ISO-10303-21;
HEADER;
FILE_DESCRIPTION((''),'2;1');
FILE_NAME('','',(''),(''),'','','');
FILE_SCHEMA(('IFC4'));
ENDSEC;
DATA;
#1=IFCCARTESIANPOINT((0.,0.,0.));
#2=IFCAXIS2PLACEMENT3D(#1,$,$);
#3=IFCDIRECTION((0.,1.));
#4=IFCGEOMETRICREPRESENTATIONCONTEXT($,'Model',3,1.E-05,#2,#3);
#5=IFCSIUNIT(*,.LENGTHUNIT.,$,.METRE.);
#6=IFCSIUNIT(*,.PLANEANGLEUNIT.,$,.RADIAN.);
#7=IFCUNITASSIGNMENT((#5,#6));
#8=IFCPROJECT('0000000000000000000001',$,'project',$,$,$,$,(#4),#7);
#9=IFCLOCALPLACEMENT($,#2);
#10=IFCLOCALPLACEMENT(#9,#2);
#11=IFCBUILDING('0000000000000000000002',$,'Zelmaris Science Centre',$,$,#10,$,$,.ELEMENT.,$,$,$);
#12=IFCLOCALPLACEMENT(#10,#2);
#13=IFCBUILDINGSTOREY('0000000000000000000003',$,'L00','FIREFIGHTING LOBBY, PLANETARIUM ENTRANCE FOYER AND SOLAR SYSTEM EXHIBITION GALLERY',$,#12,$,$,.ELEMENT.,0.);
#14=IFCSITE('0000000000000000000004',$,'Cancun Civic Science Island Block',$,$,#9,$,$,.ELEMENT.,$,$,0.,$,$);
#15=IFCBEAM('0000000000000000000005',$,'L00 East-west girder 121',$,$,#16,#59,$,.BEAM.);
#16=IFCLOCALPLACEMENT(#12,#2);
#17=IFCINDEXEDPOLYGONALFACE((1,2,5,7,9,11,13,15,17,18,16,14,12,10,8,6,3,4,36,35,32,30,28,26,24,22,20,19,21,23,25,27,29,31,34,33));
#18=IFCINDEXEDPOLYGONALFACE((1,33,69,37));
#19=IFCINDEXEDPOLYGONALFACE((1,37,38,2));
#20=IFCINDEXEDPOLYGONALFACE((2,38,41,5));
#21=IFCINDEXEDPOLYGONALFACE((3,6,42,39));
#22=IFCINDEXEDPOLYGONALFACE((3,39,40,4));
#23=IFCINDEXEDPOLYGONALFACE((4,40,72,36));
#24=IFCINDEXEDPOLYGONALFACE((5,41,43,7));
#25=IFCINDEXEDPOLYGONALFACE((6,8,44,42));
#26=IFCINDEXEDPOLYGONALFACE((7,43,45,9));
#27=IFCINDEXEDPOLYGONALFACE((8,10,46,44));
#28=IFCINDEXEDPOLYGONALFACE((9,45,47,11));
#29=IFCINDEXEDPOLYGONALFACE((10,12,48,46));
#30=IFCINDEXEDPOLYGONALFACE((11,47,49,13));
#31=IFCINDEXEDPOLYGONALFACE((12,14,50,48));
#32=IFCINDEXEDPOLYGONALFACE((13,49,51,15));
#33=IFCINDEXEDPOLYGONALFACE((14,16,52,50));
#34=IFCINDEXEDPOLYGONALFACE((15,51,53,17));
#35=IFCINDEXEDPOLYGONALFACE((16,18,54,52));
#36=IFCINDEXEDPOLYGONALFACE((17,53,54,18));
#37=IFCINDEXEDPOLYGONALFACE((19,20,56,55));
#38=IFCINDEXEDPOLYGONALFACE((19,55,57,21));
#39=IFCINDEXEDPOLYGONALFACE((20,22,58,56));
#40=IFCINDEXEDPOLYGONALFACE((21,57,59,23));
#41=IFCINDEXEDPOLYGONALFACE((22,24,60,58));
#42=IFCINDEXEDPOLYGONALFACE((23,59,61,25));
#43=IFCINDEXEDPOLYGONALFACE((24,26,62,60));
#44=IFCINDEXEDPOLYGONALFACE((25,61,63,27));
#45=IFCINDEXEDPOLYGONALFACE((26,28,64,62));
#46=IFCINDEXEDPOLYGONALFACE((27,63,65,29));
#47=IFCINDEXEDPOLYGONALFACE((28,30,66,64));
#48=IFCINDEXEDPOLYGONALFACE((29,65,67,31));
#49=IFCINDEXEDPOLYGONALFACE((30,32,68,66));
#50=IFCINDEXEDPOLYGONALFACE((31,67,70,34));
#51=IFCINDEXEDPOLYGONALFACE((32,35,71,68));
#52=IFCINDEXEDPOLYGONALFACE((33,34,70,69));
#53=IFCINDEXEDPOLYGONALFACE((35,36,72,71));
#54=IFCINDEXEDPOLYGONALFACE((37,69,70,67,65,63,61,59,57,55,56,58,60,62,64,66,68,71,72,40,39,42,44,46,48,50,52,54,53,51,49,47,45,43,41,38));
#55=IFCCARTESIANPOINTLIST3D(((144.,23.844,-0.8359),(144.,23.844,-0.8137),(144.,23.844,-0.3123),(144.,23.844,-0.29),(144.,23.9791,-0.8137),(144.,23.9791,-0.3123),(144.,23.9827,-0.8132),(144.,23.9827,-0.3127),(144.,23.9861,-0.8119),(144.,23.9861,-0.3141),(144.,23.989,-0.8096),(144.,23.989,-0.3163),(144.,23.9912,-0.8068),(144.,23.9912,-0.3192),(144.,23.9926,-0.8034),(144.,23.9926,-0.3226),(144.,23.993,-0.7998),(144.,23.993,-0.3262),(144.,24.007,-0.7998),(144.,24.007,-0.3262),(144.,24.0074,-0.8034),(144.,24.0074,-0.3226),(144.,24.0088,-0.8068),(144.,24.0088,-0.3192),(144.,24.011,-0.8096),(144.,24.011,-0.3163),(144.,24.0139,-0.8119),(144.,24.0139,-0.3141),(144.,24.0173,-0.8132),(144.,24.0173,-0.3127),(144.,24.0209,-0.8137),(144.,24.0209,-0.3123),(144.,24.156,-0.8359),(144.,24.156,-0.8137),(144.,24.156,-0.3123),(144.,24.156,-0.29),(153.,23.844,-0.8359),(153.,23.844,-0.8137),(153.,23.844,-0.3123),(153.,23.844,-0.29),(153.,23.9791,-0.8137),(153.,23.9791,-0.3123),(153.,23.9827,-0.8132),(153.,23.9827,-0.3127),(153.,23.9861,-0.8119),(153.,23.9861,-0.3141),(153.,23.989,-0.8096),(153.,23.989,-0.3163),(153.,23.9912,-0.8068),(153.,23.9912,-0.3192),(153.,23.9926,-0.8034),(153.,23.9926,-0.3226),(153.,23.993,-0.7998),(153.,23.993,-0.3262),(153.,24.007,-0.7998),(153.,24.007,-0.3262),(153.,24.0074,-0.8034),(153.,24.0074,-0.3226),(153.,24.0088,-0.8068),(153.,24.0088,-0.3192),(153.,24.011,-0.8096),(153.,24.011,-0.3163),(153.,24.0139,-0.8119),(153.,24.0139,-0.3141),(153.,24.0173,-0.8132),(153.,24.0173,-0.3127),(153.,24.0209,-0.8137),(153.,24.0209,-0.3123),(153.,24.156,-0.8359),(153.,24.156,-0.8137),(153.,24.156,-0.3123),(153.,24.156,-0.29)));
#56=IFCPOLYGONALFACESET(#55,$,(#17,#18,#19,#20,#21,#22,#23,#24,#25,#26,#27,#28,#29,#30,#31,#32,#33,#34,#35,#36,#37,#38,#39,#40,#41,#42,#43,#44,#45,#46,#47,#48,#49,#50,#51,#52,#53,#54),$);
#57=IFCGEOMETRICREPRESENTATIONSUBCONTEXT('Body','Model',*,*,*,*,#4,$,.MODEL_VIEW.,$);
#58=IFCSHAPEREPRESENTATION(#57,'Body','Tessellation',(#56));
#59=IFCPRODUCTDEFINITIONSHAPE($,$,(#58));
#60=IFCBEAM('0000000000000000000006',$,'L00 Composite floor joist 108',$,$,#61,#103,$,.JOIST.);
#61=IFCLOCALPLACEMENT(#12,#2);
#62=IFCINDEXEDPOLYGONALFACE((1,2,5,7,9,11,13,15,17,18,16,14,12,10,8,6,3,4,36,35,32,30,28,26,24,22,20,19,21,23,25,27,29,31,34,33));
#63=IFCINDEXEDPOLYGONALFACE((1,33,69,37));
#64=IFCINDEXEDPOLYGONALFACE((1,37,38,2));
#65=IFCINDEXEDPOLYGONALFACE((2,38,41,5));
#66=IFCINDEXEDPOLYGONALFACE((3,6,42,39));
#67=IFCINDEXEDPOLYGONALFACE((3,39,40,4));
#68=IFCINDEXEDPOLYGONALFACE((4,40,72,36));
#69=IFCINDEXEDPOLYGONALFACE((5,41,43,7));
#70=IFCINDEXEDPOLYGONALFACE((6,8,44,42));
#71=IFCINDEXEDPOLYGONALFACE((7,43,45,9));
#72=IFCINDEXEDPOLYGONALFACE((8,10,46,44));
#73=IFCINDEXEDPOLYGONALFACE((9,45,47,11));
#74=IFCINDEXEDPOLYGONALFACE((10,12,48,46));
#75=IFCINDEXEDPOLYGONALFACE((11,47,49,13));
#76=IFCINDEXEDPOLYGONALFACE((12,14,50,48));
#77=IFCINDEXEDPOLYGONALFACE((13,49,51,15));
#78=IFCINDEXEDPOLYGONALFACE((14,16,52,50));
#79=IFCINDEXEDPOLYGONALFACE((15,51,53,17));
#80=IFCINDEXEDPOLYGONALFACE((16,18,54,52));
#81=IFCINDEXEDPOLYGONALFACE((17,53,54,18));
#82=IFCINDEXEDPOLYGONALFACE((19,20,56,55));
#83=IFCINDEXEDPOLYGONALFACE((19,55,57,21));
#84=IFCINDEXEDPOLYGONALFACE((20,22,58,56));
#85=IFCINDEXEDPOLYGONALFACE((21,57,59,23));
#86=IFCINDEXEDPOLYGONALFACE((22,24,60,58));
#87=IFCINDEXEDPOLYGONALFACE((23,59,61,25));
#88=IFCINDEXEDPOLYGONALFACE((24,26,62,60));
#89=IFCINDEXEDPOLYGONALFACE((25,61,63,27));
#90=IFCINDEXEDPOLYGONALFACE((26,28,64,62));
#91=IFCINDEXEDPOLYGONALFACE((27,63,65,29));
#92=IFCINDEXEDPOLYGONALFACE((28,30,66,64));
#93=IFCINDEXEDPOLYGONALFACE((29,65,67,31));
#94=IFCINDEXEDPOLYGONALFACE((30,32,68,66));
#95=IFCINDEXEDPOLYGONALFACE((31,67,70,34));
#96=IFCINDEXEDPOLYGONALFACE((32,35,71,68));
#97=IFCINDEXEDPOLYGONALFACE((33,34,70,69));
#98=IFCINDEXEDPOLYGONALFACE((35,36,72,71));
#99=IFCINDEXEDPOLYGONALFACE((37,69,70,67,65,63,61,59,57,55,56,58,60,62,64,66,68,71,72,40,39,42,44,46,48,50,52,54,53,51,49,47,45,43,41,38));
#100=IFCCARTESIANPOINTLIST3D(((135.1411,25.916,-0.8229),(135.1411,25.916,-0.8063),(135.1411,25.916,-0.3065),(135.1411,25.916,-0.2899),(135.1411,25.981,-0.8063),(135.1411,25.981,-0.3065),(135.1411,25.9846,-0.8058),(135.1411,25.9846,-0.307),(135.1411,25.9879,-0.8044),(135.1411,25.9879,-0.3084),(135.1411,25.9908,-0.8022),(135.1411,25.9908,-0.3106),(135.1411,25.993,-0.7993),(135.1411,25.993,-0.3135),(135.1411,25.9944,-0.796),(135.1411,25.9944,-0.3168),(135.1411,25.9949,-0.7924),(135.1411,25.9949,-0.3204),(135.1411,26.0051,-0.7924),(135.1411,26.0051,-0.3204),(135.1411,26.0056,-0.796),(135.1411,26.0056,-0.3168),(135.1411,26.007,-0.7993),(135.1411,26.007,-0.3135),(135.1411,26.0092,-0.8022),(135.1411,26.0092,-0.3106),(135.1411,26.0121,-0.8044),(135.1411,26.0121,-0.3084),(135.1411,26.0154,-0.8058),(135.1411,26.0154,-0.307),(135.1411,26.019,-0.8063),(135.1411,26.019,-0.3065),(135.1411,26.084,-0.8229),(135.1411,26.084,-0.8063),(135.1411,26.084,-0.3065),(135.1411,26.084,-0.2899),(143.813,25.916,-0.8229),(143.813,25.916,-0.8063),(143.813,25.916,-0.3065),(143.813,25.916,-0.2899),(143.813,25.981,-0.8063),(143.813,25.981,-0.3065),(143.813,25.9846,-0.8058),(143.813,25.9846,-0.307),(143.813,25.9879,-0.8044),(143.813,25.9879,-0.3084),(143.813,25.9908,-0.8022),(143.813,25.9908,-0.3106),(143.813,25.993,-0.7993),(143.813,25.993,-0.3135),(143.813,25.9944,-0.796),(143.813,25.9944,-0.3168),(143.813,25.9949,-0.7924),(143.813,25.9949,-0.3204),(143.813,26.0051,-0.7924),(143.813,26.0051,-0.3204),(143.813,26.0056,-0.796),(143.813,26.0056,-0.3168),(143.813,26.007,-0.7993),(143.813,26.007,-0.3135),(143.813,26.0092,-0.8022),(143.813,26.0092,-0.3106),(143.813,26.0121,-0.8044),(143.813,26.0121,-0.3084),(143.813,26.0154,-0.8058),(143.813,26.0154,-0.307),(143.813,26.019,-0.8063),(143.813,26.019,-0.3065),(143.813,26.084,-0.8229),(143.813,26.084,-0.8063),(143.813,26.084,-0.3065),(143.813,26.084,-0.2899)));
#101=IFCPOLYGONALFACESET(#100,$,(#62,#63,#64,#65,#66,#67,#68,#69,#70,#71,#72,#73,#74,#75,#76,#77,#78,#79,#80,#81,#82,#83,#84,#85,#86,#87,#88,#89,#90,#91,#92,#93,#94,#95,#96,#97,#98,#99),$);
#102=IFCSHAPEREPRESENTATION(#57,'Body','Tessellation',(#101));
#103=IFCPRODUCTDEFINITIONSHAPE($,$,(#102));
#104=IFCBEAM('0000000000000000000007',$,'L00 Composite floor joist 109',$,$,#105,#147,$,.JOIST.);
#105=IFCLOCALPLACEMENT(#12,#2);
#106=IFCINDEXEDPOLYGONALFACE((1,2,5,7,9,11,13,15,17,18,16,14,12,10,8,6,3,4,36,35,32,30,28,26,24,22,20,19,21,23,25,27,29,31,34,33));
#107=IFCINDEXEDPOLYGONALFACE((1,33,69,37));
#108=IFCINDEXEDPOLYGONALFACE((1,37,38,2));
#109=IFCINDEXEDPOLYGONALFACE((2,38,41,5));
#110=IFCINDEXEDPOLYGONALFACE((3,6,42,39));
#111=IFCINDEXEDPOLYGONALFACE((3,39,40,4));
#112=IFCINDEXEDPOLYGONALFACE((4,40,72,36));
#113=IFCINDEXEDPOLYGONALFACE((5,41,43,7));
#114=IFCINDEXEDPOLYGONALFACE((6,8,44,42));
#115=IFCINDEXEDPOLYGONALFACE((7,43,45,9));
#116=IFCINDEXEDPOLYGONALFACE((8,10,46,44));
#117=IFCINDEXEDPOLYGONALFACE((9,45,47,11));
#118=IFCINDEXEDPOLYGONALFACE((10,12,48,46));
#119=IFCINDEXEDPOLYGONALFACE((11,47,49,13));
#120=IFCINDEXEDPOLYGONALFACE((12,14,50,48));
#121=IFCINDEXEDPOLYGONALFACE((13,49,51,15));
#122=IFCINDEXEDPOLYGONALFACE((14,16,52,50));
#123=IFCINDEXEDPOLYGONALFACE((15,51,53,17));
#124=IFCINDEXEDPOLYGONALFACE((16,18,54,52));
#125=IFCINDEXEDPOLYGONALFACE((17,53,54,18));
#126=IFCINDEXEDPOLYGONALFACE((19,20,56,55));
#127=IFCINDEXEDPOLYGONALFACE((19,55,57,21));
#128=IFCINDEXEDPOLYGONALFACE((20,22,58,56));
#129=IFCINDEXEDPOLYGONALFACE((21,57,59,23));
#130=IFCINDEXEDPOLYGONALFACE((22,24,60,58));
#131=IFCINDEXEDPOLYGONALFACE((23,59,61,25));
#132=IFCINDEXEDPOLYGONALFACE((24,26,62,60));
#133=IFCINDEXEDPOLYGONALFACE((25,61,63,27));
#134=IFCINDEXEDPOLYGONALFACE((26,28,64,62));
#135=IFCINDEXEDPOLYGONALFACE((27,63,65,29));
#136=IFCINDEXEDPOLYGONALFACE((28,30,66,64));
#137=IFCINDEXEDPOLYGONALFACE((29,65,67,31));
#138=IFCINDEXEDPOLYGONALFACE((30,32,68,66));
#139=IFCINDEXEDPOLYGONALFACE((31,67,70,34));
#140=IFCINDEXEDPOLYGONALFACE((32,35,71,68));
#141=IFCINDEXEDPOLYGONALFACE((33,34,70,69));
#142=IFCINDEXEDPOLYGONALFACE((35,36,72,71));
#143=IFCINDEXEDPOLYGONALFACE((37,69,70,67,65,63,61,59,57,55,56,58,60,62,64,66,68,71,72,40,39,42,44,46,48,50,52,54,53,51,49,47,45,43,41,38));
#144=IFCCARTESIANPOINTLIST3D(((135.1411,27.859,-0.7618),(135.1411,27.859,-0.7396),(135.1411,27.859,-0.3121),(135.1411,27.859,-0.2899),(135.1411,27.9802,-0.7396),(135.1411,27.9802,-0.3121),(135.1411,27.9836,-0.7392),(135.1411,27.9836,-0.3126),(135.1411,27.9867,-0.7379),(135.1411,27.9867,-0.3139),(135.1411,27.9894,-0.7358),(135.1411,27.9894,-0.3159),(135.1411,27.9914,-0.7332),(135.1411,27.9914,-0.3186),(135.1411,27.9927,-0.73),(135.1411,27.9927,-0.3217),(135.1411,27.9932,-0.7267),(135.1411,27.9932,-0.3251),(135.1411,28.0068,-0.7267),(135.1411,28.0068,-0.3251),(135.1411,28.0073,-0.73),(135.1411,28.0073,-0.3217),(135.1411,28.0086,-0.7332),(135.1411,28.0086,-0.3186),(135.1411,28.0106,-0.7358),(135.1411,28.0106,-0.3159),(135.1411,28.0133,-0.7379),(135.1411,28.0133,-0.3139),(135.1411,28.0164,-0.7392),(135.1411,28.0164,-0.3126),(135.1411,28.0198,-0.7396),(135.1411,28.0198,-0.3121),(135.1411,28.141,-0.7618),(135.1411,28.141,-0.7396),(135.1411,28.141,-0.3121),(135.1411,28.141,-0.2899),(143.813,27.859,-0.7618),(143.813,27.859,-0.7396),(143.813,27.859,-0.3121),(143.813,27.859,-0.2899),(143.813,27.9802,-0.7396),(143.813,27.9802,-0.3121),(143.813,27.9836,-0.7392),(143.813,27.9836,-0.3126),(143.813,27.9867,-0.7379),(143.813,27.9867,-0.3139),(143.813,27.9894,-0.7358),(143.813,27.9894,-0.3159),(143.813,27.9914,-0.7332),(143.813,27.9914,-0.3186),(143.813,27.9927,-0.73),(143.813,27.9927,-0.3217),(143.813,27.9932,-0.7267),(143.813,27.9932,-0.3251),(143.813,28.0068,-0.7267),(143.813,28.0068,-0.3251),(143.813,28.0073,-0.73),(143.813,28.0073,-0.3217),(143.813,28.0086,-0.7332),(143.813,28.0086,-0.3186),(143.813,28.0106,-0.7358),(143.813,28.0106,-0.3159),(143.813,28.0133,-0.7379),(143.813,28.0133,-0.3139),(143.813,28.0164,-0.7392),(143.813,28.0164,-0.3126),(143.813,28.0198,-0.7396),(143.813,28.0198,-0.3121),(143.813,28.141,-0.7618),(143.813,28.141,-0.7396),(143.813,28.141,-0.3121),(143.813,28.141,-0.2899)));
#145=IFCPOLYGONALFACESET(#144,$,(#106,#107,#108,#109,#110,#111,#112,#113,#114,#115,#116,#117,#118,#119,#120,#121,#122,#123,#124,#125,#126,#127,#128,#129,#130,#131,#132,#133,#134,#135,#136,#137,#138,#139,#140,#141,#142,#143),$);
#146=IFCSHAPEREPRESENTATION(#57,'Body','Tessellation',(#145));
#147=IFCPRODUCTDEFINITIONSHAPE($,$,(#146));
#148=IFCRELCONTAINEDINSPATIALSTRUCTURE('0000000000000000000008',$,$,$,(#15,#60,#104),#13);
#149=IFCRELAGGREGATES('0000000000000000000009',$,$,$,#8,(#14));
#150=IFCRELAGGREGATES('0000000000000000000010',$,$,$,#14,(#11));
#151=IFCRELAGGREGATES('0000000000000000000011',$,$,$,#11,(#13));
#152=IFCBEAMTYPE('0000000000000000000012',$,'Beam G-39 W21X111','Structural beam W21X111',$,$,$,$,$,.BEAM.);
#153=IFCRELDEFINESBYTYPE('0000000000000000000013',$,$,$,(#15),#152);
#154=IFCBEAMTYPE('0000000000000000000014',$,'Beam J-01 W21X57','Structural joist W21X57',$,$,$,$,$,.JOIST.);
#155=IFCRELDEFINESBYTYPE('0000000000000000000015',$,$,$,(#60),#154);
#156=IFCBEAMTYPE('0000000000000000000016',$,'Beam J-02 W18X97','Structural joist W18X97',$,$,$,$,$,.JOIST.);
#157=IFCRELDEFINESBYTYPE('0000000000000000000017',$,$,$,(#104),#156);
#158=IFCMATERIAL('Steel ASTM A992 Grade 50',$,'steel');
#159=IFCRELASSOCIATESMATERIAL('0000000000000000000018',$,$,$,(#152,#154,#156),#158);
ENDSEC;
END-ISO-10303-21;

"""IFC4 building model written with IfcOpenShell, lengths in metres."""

from ifc_helpers import new_model, si_unit, direction, frame, origin, origin_2d, place, context, subcontext, project, spatial, i_section, extrude, material, material_profile, profile_set, type_object, element, save


model = new_model("IFC4")

# Units and contexts
model_context = context("Model", 3, precision=1e-05, world=origin(), true_north=direction((0.0, 1.0)))
body_context = subcontext(model_context, "Body", "Model", "MODEL_VIEW")
ifc_project = project(units=[si_unit("LENGTHUNIT", "METRE"), si_unit("PLANEANGLEUNIT", "RADIAN")], contexts=[model_context])

# Site, building, storey
site_placement = place(None, origin())
site = spatial("IfcSite", under=ifc_project, at=site_placement, Name="Cancun Civic Science Island Block", CompositionType="ELEMENT", RefElevation=0.0)
building_placement = place(site_placement, origin())
building = spatial("IfcBuilding", under=site, at=building_placement, Name="Zelmaris Science Centre", CompositionType="ELEMENT")
storey_placement = place(building_placement, origin())
storey = spatial("IfcBuildingStorey", under=building, at=storey_placement, Name="L00", Description="FIREFIGHTING LOBBY, PLANETARIUM ENTRANCE FOYER AND SOLAR SYSTEM EXHIBITION GALLERY", CompositionType="ELEMENT", Elevation=0.0)

# Shared definitions
ifc_material_1 = material(Name="Steel ASTM A992 Grade 50", Category="steel")

# Beams
ifc_material_profile_1 = material_profile(ifc_material_1, i_section(OverallWidth=0.312, OverallDepth=0.5459, WebThickness=0.0139, FlangeThickness=0.0222, FilletRadius=0.0139, at=origin_2d()), Name="W21X111")
ifc_profile_set_1 = profile_set([ifc_material_profile_1], Name="Steel ASTM A992 Grade 50")
beam_type_1 = type_object("IfcBeamType", Name="Beam G-39 W21X111", Description="Structural beam W21X111", PredefinedType="BEAM", material=ifc_profile_set_1)
beam_1_placement = place(storey_placement, frame((144.0, 24.0, -0.563), z_axis=(1.0, 0.0, 0.0), x_axis=(0.0, 1.0, 0.0)))
element("IfcBeam", 1, at=beam_1_placement, inside=storey, type_object=beam_type_1, Name="L00 East-west girder 121", PredefinedType="BEAM", context=body_context, shape_type="SweptSolid", body=[
    extrude(i_section(OverallWidth=0.312, OverallDepth=0.5459, WebThickness=0.0139, FlangeThickness=0.0222, FilletRadius=0.0139, at=origin_2d()), origin(), (0.0, 0.0, 1.0), 9.0),
])
ifc_material_profile_2 = material_profile(ifc_material_1, i_section(OverallWidth=0.168, OverallDepth=0.533, WebThickness=0.0103, FlangeThickness=0.0166, FilletRadius=0.0139, at=origin_2d()), Name="W21X57")
ifc_profile_set_2 = profile_set([ifc_material_profile_2], Name="Steel ASTM A992 Grade 50")
beam_type_2 = type_object("IfcBeamType", Name="Beam J-01 W21X57", Description="Structural joist W21X57", PredefinedType="JOIST", material=ifc_profile_set_2)
beam_2_placement = place(storey_placement, frame((135.1411, 26.0, -0.5564), z_axis=(1.0, 0.0, 0.0), x_axis=(0.0, 1.0, 0.0)))
element("IfcBeam", 2, at=beam_2_placement, inside=storey, type_object=beam_type_2, Name="L00 Composite floor joist 108", PredefinedType="JOIST", context=body_context, shape_type="SweptSolid", body=[
    extrude(i_section(OverallWidth=0.168, OverallDepth=0.533, WebThickness=0.0103, FlangeThickness=0.0166, FilletRadius=0.0139, at=origin_2d()), origin(), (0.0, 0.0, 1.0), 8.6719),
])
ifc_material_profile_3 = material_profile(ifc_material_1, i_section(OverallWidth=0.282, OverallDepth=0.4719, WebThickness=0.0137, FlangeThickness=0.0222, FilletRadius=0.0129, at=origin_2d()), Name="W18X97")
ifc_profile_set_3 = profile_set([ifc_material_profile_3], Name="Steel ASTM A992 Grade 50")
beam_type_3 = type_object("IfcBeamType", Name="Beam J-02 W18X97", Description="Structural joist W18X97", PredefinedType="JOIST", material=ifc_profile_set_3)
beam_3_placement = place(storey_placement, frame((135.1411, 28.0, -0.5259), z_axis=(1.0, 0.0, 0.0), x_axis=(0.0, 1.0, 0.0)))
element("IfcBeam", 3, at=beam_3_placement, inside=storey, type_object=beam_type_3, Name="L00 Composite floor joist 109", PredefinedType="JOIST", context=body_context, shape_type="SweptSolid", body=[
    extrude(i_section(OverallWidth=0.282, OverallDepth=0.4719, WebThickness=0.0137, FlangeThickness=0.0222, FilletRadius=0.0129, at=origin_2d()), origin(), (0.0, 0.0, 1.0), 8.6719),
])

save(model, "model.ifc")
